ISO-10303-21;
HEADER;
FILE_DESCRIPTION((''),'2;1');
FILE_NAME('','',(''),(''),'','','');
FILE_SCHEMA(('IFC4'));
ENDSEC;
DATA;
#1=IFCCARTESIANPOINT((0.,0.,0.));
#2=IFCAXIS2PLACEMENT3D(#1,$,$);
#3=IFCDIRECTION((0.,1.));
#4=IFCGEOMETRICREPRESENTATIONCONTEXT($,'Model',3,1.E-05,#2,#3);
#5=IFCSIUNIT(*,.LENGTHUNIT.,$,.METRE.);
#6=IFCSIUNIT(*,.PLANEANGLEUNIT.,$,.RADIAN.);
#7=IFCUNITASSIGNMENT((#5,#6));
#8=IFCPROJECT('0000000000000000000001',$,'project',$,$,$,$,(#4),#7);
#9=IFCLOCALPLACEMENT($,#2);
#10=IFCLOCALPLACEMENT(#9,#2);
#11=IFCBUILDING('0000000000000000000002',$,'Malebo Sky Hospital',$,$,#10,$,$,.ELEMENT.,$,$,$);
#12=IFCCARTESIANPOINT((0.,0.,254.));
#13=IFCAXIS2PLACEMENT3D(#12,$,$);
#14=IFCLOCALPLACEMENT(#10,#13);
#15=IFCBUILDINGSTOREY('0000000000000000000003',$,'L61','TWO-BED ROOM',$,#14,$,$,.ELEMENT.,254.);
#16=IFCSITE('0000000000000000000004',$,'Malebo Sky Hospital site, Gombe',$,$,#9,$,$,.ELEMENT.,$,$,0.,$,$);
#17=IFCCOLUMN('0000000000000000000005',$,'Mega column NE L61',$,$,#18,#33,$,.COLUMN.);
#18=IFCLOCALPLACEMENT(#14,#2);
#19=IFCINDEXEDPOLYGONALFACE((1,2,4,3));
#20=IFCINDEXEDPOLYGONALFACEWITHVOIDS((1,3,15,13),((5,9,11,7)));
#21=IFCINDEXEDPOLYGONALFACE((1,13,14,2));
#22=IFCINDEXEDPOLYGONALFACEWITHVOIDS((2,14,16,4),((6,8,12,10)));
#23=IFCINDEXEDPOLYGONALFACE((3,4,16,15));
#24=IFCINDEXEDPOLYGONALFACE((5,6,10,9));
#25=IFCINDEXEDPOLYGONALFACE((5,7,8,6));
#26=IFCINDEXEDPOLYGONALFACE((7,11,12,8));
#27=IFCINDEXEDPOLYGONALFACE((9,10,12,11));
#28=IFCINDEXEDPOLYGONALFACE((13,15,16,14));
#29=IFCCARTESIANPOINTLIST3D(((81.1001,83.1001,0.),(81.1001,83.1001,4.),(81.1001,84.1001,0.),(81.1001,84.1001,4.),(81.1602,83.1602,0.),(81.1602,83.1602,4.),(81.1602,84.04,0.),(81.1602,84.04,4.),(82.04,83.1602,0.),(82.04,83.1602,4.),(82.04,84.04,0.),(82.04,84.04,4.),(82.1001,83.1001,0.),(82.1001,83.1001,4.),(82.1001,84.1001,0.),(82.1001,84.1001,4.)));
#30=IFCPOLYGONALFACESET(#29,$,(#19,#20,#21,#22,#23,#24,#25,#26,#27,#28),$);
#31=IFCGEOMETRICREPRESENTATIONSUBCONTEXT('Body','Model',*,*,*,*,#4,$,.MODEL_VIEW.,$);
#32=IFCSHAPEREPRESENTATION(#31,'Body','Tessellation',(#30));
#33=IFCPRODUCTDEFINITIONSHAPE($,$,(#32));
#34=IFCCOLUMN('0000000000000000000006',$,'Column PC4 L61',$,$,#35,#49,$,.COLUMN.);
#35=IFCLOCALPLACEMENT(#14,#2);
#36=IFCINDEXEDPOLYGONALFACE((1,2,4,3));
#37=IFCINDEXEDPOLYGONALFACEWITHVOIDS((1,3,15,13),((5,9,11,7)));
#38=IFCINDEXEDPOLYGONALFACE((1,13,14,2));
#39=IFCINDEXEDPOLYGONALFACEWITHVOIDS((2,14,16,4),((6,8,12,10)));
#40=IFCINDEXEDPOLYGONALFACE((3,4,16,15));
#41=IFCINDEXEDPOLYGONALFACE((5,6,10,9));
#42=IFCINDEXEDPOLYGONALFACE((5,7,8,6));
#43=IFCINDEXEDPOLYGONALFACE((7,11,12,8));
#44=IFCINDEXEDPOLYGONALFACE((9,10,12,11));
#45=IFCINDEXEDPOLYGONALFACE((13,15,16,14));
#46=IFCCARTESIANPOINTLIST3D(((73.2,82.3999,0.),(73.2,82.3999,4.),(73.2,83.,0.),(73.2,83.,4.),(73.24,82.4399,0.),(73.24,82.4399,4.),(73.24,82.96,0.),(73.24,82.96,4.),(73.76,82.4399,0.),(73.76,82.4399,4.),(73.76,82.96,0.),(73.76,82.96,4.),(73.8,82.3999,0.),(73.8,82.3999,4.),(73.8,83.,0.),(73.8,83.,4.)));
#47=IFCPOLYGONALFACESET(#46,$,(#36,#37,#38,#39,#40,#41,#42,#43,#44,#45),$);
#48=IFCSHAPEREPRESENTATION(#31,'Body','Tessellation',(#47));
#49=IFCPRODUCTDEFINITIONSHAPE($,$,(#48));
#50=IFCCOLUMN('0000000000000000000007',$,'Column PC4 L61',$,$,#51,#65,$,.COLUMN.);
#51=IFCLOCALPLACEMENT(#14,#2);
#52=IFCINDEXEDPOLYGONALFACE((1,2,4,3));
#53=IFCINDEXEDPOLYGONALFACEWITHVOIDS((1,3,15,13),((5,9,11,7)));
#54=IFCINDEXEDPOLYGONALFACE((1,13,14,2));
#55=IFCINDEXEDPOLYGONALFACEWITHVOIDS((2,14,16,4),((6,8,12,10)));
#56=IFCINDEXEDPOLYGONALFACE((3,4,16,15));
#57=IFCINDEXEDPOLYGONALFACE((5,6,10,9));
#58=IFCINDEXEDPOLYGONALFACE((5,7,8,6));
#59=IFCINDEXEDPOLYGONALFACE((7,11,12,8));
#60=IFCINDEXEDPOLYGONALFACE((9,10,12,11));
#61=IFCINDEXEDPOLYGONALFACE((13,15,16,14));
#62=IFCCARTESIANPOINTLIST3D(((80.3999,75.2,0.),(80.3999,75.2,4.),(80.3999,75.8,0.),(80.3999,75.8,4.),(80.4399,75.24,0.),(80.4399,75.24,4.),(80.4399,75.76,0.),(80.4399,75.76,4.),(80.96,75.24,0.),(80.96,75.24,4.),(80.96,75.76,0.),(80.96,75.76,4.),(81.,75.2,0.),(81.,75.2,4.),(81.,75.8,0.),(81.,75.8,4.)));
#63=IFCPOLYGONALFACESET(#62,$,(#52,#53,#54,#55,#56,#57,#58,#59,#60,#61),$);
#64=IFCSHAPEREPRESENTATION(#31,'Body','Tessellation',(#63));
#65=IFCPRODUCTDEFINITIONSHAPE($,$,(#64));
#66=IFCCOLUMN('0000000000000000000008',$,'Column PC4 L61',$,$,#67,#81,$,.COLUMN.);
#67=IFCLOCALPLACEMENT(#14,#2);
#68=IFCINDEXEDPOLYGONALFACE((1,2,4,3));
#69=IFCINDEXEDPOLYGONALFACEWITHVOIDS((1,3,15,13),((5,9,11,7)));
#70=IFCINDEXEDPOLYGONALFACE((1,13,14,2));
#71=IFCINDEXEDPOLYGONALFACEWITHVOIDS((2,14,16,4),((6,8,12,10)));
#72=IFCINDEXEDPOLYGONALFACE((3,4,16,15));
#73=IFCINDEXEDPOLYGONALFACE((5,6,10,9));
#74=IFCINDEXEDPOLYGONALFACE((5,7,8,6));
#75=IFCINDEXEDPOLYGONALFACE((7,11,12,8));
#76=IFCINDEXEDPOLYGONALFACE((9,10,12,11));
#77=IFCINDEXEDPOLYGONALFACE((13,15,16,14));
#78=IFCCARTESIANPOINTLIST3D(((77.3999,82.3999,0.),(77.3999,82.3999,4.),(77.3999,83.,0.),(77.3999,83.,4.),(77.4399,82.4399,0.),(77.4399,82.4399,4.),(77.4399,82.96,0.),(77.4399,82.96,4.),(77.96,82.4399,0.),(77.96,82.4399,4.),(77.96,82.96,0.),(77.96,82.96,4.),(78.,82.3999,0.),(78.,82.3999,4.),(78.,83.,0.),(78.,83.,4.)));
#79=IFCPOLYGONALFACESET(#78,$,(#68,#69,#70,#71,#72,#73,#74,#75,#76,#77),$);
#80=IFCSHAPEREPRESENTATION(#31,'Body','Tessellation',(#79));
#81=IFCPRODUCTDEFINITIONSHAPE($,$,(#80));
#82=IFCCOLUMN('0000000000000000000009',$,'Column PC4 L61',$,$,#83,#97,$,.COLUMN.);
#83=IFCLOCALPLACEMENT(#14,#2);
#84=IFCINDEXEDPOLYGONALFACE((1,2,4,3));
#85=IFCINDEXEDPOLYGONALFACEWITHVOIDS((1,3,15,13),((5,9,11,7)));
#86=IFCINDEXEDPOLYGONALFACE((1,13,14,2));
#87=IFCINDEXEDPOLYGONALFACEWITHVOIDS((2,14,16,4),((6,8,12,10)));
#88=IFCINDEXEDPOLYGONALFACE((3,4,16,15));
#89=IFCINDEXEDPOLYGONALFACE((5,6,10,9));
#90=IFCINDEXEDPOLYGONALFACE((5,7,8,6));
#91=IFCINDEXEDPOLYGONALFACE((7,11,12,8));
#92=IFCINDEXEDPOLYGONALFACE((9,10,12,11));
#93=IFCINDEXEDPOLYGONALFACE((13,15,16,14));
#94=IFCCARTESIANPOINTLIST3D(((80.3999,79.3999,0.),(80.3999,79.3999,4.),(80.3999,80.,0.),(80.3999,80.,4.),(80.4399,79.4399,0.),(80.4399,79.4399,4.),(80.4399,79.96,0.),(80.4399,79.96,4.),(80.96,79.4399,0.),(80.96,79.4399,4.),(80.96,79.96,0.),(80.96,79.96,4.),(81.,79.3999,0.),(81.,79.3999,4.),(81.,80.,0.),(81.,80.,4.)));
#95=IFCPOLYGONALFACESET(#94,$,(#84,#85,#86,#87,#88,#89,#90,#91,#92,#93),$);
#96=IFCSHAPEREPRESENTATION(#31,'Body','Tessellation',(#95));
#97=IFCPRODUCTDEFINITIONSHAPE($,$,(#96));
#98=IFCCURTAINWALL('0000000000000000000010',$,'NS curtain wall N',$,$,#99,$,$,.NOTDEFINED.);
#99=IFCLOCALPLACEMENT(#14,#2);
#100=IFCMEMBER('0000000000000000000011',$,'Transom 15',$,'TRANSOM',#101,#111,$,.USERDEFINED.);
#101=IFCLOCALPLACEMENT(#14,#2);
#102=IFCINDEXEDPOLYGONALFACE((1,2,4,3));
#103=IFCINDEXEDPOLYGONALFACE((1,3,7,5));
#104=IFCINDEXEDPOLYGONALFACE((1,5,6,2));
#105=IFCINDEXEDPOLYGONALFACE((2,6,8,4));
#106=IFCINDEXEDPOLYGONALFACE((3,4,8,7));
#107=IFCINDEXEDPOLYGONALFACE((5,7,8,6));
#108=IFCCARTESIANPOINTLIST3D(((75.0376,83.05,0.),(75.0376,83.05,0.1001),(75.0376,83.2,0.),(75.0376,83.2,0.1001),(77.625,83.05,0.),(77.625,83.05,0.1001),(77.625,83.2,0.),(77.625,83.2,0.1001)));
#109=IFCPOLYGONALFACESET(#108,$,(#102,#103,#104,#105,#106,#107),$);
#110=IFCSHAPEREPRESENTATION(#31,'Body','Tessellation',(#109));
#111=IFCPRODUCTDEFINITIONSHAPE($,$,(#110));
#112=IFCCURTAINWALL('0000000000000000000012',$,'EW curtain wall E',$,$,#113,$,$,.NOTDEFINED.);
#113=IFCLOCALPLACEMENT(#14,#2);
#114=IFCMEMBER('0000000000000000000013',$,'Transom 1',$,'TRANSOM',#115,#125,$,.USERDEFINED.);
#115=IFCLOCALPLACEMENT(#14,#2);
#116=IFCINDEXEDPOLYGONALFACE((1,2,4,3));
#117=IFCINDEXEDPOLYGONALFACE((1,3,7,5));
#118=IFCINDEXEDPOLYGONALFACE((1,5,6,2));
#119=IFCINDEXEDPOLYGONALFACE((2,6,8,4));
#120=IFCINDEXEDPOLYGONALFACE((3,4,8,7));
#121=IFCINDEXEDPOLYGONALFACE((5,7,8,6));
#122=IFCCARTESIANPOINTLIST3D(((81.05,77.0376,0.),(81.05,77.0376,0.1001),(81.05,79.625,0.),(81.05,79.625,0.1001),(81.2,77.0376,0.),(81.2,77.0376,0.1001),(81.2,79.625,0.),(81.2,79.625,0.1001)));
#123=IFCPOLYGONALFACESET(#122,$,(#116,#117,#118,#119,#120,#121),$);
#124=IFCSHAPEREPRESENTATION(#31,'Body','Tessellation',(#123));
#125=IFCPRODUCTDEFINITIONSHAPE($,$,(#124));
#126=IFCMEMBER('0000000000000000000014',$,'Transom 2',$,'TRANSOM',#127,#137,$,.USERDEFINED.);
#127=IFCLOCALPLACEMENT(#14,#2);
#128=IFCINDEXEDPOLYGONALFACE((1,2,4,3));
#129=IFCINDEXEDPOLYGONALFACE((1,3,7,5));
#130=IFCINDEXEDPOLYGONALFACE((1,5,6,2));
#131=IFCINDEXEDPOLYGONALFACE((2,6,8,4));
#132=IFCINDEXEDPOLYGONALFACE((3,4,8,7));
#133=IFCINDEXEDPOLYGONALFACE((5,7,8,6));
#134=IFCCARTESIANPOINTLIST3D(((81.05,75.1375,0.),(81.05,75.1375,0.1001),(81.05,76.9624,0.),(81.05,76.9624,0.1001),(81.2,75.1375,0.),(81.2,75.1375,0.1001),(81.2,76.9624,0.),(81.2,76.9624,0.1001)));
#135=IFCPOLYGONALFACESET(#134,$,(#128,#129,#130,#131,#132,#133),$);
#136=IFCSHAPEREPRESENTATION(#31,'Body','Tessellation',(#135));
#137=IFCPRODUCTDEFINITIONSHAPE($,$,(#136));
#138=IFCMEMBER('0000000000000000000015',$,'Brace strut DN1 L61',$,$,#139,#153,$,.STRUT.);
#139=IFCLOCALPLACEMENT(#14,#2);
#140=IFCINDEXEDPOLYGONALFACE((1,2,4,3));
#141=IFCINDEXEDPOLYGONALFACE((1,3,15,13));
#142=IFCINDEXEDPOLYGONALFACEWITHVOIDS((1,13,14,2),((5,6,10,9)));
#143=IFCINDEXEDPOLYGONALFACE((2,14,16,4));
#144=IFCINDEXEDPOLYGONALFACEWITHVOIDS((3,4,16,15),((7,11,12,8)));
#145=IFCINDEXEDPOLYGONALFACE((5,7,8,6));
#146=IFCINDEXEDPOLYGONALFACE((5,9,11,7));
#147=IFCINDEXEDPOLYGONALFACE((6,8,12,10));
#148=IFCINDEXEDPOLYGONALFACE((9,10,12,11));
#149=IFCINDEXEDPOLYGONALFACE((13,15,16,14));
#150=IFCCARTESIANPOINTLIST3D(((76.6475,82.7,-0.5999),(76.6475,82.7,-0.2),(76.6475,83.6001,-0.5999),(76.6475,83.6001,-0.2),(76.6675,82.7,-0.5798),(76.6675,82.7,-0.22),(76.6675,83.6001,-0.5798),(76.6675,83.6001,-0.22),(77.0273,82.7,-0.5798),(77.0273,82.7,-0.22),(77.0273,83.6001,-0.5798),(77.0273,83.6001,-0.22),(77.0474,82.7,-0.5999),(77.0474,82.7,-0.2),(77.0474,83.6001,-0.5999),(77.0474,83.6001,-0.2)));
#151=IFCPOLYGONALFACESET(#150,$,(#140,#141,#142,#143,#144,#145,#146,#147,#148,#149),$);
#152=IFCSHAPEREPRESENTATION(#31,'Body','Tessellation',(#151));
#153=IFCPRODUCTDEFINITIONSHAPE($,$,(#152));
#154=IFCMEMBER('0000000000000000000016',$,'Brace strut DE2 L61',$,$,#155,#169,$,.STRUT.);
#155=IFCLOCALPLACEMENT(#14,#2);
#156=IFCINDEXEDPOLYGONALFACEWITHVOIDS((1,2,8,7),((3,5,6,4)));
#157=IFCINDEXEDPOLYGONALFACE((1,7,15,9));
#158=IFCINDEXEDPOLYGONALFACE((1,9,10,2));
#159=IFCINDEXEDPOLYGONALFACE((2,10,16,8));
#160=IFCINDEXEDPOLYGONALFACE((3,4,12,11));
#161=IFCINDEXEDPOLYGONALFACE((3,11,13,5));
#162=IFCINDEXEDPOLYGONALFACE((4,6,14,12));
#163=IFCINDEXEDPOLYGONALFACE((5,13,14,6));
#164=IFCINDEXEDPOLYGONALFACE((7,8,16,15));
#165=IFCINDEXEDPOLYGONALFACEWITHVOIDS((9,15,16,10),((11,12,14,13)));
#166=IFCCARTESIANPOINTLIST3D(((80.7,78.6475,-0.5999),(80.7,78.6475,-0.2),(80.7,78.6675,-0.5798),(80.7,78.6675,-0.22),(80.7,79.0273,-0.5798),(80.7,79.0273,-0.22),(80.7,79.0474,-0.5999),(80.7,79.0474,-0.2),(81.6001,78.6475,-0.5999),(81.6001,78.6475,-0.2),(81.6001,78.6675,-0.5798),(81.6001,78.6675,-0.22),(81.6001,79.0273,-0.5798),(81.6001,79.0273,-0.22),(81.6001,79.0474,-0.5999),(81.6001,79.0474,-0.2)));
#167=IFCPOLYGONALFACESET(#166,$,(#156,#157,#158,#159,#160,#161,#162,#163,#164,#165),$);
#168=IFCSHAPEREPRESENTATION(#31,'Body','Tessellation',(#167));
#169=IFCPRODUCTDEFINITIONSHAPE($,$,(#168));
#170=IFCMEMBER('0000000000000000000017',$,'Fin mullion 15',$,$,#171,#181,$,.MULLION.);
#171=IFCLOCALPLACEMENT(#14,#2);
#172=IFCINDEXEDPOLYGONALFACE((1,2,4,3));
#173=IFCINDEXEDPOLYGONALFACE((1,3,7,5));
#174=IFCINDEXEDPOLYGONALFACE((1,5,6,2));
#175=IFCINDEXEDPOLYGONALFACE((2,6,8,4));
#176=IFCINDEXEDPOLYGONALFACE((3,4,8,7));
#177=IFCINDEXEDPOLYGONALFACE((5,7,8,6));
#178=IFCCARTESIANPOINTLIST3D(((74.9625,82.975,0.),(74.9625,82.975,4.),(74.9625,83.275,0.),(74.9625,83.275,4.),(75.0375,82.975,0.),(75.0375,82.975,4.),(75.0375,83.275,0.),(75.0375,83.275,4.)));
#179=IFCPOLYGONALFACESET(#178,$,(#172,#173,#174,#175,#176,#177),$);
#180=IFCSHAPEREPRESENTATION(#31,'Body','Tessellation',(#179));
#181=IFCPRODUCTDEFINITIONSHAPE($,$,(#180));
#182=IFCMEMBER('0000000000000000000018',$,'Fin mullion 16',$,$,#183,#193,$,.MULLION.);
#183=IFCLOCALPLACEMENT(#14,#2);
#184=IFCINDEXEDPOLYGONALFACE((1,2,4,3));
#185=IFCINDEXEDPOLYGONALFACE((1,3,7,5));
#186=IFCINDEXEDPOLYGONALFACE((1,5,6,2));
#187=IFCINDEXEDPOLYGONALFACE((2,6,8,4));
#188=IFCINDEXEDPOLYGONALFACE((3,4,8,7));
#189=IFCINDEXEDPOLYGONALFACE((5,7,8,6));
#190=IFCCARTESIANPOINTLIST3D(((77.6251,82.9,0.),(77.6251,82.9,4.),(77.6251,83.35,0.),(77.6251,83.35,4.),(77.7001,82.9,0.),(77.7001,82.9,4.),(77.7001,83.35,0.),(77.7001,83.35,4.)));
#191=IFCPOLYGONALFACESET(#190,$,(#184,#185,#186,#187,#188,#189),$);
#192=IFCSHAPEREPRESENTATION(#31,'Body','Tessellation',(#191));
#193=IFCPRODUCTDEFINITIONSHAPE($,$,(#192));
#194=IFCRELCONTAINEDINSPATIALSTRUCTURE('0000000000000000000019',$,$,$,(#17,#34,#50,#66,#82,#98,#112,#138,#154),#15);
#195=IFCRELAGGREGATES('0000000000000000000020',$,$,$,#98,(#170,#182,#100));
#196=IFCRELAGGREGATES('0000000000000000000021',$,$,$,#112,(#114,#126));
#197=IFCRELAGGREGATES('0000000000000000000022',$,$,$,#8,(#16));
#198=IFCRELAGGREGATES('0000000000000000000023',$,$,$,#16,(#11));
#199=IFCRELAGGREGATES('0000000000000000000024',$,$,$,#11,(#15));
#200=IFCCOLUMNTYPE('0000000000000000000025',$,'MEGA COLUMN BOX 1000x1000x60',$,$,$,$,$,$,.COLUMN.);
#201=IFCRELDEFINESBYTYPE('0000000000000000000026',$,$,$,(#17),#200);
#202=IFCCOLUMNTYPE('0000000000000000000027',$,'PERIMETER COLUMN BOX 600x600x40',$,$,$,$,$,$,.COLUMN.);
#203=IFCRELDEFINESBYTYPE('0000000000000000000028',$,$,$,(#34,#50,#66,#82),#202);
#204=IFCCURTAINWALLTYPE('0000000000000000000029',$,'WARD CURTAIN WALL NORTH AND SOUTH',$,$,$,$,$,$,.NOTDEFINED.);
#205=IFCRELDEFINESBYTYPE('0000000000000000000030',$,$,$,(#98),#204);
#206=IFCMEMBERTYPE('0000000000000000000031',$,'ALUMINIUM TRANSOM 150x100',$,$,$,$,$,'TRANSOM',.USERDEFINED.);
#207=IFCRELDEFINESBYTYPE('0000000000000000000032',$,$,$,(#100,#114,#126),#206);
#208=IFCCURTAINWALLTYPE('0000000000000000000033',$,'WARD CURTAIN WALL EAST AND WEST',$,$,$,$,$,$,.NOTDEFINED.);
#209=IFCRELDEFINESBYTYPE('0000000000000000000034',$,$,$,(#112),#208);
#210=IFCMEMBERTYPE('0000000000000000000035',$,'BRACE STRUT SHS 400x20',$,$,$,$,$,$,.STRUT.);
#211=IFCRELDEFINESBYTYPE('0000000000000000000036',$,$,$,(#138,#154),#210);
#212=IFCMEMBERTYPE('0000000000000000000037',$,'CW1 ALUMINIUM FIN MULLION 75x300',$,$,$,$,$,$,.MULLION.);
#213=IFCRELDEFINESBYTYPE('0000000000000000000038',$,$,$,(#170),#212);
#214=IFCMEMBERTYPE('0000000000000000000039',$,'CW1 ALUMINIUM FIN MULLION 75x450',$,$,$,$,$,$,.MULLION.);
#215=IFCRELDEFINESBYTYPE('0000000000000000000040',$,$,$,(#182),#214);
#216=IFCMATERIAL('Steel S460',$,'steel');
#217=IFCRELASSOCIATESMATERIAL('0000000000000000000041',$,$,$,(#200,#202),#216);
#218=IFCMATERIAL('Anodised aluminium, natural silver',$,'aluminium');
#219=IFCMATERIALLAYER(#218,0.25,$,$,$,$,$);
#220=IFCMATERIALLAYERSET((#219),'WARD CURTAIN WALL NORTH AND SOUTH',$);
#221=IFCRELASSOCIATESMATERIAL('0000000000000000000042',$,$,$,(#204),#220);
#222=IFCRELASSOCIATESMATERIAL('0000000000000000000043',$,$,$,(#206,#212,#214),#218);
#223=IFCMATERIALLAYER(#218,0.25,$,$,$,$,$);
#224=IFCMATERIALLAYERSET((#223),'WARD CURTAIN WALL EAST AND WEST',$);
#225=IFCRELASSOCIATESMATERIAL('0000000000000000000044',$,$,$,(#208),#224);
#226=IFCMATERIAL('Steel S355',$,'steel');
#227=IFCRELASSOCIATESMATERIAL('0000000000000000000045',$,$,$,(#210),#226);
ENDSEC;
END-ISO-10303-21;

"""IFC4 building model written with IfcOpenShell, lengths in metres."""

from ifc_helpers import new_model, si_unit, direction, frame, origin, origin_2d, place, context, subcontext, project, spatial, rectangle, hollow_rectangle, extrude, material, layer, layer_set, material_profile, profile_set, type_object, element, aggregate, save


model = new_model("IFC4")

# Units and contexts
model_context = context("Model", 3, precision=1e-05, world=origin(), true_north=direction((0.0, 1.0)))
body_context = subcontext(model_context, "Body", "Model", "MODEL_VIEW")
ifc_project = project(units=[si_unit("LENGTHUNIT", "METRE"), si_unit("PLANEANGLEUNIT", "RADIAN")], contexts=[model_context])

# Site, building, storey
site_placement = place(None, origin())
site = spatial("IfcSite", under=ifc_project, at=site_placement, Name="Malebo Sky Hospital site, Gombe", CompositionType="ELEMENT", RefElevation=0.0)
building_placement = place(site_placement, origin())
building = spatial("IfcBuilding", under=site, at=building_placement, Name="Malebo Sky Hospital", CompositionType="ELEMENT")
storey_placement = place(building_placement, frame((0.0, 0.0, 254.0)))
storey = spatial("IfcBuildingStorey", under=building, at=storey_placement, Name="L61", Description="TWO-BED ROOM", CompositionType="ELEMENT", Elevation=254.0)

# Columns
ifc_material_1 = material(Name="Steel S460", Category="steel")
ifc_material_profile_1 = material_profile(ifc_material_1, hollow_rectangle(XDim=1.0, YDim=1.0, WallThickness=0.0601, at=origin_2d()), Name="BOX 1000x1000x60")
ifc_profile_set_1 = profile_set([ifc_material_profile_1], Name="Steel S460")
column_type_1 = type_object("IfcColumnType", Name="MEGA COLUMN BOX 1000x1000x60", PredefinedType="COLUMN", material=ifc_profile_set_1)
column_placement = place(storey_placement, frame((81.6001, 83.6001, 0.0), z_axis=(0.0, 0.0, 1.0), x_axis=(1.0, 0.0, 0.0)))
element("IfcColumn", 1, at=column_placement, inside=storey, type_object=column_type_1, Name="Mega column NE L61", PredefinedType="COLUMN", context=body_context, shape_type="SweptSolid", body=[
    extrude(hollow_rectangle(XDim=1.0, YDim=1.0, WallThickness=0.0601, at=origin_2d()), origin(), (0.0, 0.0, 1.0), 4.0),
])
ifc_material_profile_2 = material_profile(ifc_material_1, hollow_rectangle(XDim=0.6001, YDim=0.6001, WallThickness=0.04, at=origin_2d()), Name="BOX 600x600x40")
ifc_profile_set_2 = profile_set([ifc_material_profile_2], Name="Steel S460")
column_type_2 = type_object("IfcColumnType", Name="PERIMETER COLUMN BOX 600x600x40", PredefinedType="COLUMN", material=ifc_profile_set_2)
for number, where, z_axis, x_axis, name in (
    (2, (73.5, 82.7, 0.0), (0.0, 0.0, 1.0), (1.0, 0.0, 0.0), "Column PC4 L61"),
    (3, (80.7, 75.5, 0.0), (0.0, 0.0, 1.0), (1.0, 0.0, 0.0), "Column PC4 L61"),
    (4, (77.7, 82.7, 0.0), (0.0, 0.0, 1.0), (1.0, 0.0, 0.0), "Column PC4 L61"),
    (5, (80.7, 79.7, 0.0), (0.0, 0.0, 1.0), (1.0, 0.0, 0.0), "Column PC4 L61"),
):
    element("IfcColumn", number, at=place(storey_placement, frame(where, z_axis=z_axis, x_axis=x_axis)), inside=storey, type_object=column_type_2, Name=name, PredefinedType="COLUMN", context=body_context, shape_type="SweptSolid", body=[
        extrude(hollow_rectangle(XDim=0.6001, YDim=0.6001, WallThickness=0.04, at=origin_2d()), origin(), (0.0, 0.0, 1.0), 4.0),
    ])

# Curtain wall, member
ifc_material_2 = material(Name="Anodised aluminium, natural silver", Category="aluminium")
ifc_layer_1 = layer(ifc_material_2, 0.25)
ifc_layer_set_1 = layer_set([ifc_layer_1], Name="WARD CURTAIN WALL NORTH AND SOUTH")
curtain_wall_type_1 = type_object("IfcCurtainWallType", Name="WARD CURTAIN WALL NORTH AND SOUTH", PredefinedType="NOTDEFINED", material=ifc_layer_set_1)
curtain_wall_1_placement = place(storey_placement, origin())
curtain_wall_1 = element("IfcCurtainWall", 6, at=curtain_wall_1_placement, inside=storey, type_object=curtain_wall_type_1, Name="NS curtain wall N", PredefinedType="NOTDEFINED")
ifc_material_profile_3 = material_profile(ifc_material_2, rectangle(XDim=0.1499, YDim=0.1001, at=origin_2d()), Name="ALUMINIUM TRANSOM 150x100")
ifc_profile_set_3 = profile_set([ifc_material_profile_3], Name="Anodised aluminium, natural silver")
member_type_1 = type_object("IfcMemberType", Name="ALUMINIUM TRANSOM 150x100", ElementType="TRANSOM", PredefinedType="USERDEFINED", material=ifc_profile_set_3)
member_1_placement = place(storey_placement, frame((75.0376, 83.125, 0.05), z_axis=(1.0, 0.0, 0.0), x_axis=(0.0, 1.0, 0.0)))
member_1 = element("IfcMember", 7, at=member_1_placement, type_object=member_type_1, Name="Transom 15", ObjectType="TRANSOM", PredefinedType="USERDEFINED", context=body_context, shape_type="SweptSolid", body=[
    extrude(rectangle(XDim=0.1499, YDim=0.1001, at=origin_2d()), origin(), (0.0, 0.0, 1.0), 2.5874),
])

# Curtain wall, members
ifc_layer_2 = layer(ifc_material_2, 0.25)
ifc_layer_set_2 = layer_set([ifc_layer_2], Name="WARD CURTAIN WALL EAST AND WEST")
curtain_wall_type_2 = type_object("IfcCurtainWallType", Name="WARD CURTAIN WALL EAST AND WEST", PredefinedType="NOTDEFINED", material=ifc_layer_set_2)
curtain_wall_2_placement = place(storey_placement, origin())
curtain_wall_2 = element("IfcCurtainWall", 8, at=curtain_wall_2_placement, inside=storey, type_object=curtain_wall_type_2, Name="EW curtain wall E", PredefinedType="NOTDEFINED")
member_2_placement = place(storey_placement, frame((81.125, 79.625, 0.05), z_axis=(0.0, -1.0, 0.0), x_axis=(1.0, 0.0, 0.0)))
member_2 = element("IfcMember", 9, at=member_2_placement, type_object=member_type_1, Name="Transom 1", ObjectType="TRANSOM", PredefinedType="USERDEFINED", context=body_context, shape_type="SweptSolid", body=[
    extrude(rectangle(XDim=0.1499, YDim=0.1001, at=origin_2d()), origin(), (0.0, 0.0, 1.0), 2.5874),
])
member_3_placement = place(storey_placement, frame((81.125, 76.9624, 0.05), z_axis=(0.0, -1.0, 0.0), x_axis=(1.0, 0.0, 0.0)))
member_3 = element("IfcMember", 10, at=member_3_placement, type_object=member_type_1, Name="Transom 2", ObjectType="TRANSOM", PredefinedType="USERDEFINED", context=body_context, shape_type="SweptSolid", body=[
    extrude(rectangle(XDim=0.1499, YDim=0.1001, at=origin_2d()), origin(), (0.0, 0.0, 1.0), 1.825),
])

# Members
ifc_material_3 = material(Name="Steel S355", Category="steel")
ifc_material_profile_4 = material_profile(ifc_material_3, hollow_rectangle(XDim=0.3999, YDim=0.3999, WallThickness=0.02, at=origin_2d()), Name="SHS 400x20")
ifc_profile_set_4 = profile_set([ifc_material_profile_4], Name="Steel S355")
member_type_2 = type_object("IfcMemberType", Name="BRACE STRUT SHS 400x20", PredefinedType="STRUT", material=ifc_profile_set_4)
for number, where, z_axis, x_axis, name in (
    (11, (76.8474, 83.6001, -0.3999), (0.0, -1.0, 0.0), (1.0, 0.0, 0.0), "Brace strut DN1 L61"),
    (12, (81.6001, 78.8474, -0.3999), (-1.0, 0.0, 0.0), (0.0, -1.0, 0.0), "Brace strut DE2 L61"),
):
    element("IfcMember", number, at=place(storey_placement, frame(where, z_axis=z_axis, x_axis=x_axis)), inside=storey, type_object=member_type_2, Name=name, PredefinedType="STRUT", context=body_context, shape_type="SweptSolid", body=[
        extrude(hollow_rectangle(XDim=0.3999, YDim=0.3999, WallThickness=0.02, at=origin_2d()), origin(), (0.0, 0.0, 1.0), 0.9001),
    ])

# Members
ifc_material_profile_5 = material_profile(ifc_material_2, rectangle(XDim=0.075, YDim=0.3, at=origin_2d()), Name="CW1 ALUMINIUM FIN MULLION 75x300")
ifc_profile_set_5 = profile_set([ifc_material_profile_5], Name="Anodised aluminium, natural silver")
member_type_3 = type_object("IfcMemberType", Name="CW1 ALUMINIUM FIN MULLION 75x300", PredefinedType="MULLION", material=ifc_profile_set_5)
member_4_placement = place(storey_placement, frame((75.0, 83.125, 0.0), z_axis=(0.0, 0.0, 1.0), x_axis=(1.0, 0.0, 0.0)))
member_4 = element("IfcMember", 13, at=member_4_placement, type_object=member_type_3, Name="Fin mullion 15", PredefinedType="MULLION", context=body_context, shape_type="SweptSolid", body=[
    extrude(rectangle(XDim=0.075, YDim=0.3, at=origin_2d()), origin(), (0.0, 0.0, 1.0), 4.0),
])
ifc_material_profile_6 = material_profile(ifc_material_2, rectangle(XDim=0.075, YDim=0.45, at=origin_2d()), Name="CW1 ALUMINIUM FIN MULLION 75x450")
ifc_profile_set_6 = profile_set([ifc_material_profile_6], Name="Anodised aluminium, natural silver")
member_type_4 = type_object("IfcMemberType", Name="CW1 ALUMINIUM FIN MULLION 75x450", PredefinedType="MULLION", material=ifc_profile_set_6)
member_5_placement = place(storey_placement, frame((77.6626, 83.125, 0.0), z_axis=(0.0, 0.0, 1.0), x_axis=(1.0, 0.0, 0.0)))
member_5 = element("IfcMember", 14, at=member_5_placement, type_object=member_type_4, Name="Fin mullion 16", PredefinedType="MULLION", context=body_context, shape_type="SweptSolid", body=[
    extrude(rectangle(XDim=0.075, YDim=0.45, at=origin_2d()), origin(), (0.0, 0.0, 1.0), 4.0),
])

aggregate(curtain_wall_1, [member_4, member_5, member_1])
aggregate(curtain_wall_2, [member_2, member_3])

save(model, "model.ifc")
